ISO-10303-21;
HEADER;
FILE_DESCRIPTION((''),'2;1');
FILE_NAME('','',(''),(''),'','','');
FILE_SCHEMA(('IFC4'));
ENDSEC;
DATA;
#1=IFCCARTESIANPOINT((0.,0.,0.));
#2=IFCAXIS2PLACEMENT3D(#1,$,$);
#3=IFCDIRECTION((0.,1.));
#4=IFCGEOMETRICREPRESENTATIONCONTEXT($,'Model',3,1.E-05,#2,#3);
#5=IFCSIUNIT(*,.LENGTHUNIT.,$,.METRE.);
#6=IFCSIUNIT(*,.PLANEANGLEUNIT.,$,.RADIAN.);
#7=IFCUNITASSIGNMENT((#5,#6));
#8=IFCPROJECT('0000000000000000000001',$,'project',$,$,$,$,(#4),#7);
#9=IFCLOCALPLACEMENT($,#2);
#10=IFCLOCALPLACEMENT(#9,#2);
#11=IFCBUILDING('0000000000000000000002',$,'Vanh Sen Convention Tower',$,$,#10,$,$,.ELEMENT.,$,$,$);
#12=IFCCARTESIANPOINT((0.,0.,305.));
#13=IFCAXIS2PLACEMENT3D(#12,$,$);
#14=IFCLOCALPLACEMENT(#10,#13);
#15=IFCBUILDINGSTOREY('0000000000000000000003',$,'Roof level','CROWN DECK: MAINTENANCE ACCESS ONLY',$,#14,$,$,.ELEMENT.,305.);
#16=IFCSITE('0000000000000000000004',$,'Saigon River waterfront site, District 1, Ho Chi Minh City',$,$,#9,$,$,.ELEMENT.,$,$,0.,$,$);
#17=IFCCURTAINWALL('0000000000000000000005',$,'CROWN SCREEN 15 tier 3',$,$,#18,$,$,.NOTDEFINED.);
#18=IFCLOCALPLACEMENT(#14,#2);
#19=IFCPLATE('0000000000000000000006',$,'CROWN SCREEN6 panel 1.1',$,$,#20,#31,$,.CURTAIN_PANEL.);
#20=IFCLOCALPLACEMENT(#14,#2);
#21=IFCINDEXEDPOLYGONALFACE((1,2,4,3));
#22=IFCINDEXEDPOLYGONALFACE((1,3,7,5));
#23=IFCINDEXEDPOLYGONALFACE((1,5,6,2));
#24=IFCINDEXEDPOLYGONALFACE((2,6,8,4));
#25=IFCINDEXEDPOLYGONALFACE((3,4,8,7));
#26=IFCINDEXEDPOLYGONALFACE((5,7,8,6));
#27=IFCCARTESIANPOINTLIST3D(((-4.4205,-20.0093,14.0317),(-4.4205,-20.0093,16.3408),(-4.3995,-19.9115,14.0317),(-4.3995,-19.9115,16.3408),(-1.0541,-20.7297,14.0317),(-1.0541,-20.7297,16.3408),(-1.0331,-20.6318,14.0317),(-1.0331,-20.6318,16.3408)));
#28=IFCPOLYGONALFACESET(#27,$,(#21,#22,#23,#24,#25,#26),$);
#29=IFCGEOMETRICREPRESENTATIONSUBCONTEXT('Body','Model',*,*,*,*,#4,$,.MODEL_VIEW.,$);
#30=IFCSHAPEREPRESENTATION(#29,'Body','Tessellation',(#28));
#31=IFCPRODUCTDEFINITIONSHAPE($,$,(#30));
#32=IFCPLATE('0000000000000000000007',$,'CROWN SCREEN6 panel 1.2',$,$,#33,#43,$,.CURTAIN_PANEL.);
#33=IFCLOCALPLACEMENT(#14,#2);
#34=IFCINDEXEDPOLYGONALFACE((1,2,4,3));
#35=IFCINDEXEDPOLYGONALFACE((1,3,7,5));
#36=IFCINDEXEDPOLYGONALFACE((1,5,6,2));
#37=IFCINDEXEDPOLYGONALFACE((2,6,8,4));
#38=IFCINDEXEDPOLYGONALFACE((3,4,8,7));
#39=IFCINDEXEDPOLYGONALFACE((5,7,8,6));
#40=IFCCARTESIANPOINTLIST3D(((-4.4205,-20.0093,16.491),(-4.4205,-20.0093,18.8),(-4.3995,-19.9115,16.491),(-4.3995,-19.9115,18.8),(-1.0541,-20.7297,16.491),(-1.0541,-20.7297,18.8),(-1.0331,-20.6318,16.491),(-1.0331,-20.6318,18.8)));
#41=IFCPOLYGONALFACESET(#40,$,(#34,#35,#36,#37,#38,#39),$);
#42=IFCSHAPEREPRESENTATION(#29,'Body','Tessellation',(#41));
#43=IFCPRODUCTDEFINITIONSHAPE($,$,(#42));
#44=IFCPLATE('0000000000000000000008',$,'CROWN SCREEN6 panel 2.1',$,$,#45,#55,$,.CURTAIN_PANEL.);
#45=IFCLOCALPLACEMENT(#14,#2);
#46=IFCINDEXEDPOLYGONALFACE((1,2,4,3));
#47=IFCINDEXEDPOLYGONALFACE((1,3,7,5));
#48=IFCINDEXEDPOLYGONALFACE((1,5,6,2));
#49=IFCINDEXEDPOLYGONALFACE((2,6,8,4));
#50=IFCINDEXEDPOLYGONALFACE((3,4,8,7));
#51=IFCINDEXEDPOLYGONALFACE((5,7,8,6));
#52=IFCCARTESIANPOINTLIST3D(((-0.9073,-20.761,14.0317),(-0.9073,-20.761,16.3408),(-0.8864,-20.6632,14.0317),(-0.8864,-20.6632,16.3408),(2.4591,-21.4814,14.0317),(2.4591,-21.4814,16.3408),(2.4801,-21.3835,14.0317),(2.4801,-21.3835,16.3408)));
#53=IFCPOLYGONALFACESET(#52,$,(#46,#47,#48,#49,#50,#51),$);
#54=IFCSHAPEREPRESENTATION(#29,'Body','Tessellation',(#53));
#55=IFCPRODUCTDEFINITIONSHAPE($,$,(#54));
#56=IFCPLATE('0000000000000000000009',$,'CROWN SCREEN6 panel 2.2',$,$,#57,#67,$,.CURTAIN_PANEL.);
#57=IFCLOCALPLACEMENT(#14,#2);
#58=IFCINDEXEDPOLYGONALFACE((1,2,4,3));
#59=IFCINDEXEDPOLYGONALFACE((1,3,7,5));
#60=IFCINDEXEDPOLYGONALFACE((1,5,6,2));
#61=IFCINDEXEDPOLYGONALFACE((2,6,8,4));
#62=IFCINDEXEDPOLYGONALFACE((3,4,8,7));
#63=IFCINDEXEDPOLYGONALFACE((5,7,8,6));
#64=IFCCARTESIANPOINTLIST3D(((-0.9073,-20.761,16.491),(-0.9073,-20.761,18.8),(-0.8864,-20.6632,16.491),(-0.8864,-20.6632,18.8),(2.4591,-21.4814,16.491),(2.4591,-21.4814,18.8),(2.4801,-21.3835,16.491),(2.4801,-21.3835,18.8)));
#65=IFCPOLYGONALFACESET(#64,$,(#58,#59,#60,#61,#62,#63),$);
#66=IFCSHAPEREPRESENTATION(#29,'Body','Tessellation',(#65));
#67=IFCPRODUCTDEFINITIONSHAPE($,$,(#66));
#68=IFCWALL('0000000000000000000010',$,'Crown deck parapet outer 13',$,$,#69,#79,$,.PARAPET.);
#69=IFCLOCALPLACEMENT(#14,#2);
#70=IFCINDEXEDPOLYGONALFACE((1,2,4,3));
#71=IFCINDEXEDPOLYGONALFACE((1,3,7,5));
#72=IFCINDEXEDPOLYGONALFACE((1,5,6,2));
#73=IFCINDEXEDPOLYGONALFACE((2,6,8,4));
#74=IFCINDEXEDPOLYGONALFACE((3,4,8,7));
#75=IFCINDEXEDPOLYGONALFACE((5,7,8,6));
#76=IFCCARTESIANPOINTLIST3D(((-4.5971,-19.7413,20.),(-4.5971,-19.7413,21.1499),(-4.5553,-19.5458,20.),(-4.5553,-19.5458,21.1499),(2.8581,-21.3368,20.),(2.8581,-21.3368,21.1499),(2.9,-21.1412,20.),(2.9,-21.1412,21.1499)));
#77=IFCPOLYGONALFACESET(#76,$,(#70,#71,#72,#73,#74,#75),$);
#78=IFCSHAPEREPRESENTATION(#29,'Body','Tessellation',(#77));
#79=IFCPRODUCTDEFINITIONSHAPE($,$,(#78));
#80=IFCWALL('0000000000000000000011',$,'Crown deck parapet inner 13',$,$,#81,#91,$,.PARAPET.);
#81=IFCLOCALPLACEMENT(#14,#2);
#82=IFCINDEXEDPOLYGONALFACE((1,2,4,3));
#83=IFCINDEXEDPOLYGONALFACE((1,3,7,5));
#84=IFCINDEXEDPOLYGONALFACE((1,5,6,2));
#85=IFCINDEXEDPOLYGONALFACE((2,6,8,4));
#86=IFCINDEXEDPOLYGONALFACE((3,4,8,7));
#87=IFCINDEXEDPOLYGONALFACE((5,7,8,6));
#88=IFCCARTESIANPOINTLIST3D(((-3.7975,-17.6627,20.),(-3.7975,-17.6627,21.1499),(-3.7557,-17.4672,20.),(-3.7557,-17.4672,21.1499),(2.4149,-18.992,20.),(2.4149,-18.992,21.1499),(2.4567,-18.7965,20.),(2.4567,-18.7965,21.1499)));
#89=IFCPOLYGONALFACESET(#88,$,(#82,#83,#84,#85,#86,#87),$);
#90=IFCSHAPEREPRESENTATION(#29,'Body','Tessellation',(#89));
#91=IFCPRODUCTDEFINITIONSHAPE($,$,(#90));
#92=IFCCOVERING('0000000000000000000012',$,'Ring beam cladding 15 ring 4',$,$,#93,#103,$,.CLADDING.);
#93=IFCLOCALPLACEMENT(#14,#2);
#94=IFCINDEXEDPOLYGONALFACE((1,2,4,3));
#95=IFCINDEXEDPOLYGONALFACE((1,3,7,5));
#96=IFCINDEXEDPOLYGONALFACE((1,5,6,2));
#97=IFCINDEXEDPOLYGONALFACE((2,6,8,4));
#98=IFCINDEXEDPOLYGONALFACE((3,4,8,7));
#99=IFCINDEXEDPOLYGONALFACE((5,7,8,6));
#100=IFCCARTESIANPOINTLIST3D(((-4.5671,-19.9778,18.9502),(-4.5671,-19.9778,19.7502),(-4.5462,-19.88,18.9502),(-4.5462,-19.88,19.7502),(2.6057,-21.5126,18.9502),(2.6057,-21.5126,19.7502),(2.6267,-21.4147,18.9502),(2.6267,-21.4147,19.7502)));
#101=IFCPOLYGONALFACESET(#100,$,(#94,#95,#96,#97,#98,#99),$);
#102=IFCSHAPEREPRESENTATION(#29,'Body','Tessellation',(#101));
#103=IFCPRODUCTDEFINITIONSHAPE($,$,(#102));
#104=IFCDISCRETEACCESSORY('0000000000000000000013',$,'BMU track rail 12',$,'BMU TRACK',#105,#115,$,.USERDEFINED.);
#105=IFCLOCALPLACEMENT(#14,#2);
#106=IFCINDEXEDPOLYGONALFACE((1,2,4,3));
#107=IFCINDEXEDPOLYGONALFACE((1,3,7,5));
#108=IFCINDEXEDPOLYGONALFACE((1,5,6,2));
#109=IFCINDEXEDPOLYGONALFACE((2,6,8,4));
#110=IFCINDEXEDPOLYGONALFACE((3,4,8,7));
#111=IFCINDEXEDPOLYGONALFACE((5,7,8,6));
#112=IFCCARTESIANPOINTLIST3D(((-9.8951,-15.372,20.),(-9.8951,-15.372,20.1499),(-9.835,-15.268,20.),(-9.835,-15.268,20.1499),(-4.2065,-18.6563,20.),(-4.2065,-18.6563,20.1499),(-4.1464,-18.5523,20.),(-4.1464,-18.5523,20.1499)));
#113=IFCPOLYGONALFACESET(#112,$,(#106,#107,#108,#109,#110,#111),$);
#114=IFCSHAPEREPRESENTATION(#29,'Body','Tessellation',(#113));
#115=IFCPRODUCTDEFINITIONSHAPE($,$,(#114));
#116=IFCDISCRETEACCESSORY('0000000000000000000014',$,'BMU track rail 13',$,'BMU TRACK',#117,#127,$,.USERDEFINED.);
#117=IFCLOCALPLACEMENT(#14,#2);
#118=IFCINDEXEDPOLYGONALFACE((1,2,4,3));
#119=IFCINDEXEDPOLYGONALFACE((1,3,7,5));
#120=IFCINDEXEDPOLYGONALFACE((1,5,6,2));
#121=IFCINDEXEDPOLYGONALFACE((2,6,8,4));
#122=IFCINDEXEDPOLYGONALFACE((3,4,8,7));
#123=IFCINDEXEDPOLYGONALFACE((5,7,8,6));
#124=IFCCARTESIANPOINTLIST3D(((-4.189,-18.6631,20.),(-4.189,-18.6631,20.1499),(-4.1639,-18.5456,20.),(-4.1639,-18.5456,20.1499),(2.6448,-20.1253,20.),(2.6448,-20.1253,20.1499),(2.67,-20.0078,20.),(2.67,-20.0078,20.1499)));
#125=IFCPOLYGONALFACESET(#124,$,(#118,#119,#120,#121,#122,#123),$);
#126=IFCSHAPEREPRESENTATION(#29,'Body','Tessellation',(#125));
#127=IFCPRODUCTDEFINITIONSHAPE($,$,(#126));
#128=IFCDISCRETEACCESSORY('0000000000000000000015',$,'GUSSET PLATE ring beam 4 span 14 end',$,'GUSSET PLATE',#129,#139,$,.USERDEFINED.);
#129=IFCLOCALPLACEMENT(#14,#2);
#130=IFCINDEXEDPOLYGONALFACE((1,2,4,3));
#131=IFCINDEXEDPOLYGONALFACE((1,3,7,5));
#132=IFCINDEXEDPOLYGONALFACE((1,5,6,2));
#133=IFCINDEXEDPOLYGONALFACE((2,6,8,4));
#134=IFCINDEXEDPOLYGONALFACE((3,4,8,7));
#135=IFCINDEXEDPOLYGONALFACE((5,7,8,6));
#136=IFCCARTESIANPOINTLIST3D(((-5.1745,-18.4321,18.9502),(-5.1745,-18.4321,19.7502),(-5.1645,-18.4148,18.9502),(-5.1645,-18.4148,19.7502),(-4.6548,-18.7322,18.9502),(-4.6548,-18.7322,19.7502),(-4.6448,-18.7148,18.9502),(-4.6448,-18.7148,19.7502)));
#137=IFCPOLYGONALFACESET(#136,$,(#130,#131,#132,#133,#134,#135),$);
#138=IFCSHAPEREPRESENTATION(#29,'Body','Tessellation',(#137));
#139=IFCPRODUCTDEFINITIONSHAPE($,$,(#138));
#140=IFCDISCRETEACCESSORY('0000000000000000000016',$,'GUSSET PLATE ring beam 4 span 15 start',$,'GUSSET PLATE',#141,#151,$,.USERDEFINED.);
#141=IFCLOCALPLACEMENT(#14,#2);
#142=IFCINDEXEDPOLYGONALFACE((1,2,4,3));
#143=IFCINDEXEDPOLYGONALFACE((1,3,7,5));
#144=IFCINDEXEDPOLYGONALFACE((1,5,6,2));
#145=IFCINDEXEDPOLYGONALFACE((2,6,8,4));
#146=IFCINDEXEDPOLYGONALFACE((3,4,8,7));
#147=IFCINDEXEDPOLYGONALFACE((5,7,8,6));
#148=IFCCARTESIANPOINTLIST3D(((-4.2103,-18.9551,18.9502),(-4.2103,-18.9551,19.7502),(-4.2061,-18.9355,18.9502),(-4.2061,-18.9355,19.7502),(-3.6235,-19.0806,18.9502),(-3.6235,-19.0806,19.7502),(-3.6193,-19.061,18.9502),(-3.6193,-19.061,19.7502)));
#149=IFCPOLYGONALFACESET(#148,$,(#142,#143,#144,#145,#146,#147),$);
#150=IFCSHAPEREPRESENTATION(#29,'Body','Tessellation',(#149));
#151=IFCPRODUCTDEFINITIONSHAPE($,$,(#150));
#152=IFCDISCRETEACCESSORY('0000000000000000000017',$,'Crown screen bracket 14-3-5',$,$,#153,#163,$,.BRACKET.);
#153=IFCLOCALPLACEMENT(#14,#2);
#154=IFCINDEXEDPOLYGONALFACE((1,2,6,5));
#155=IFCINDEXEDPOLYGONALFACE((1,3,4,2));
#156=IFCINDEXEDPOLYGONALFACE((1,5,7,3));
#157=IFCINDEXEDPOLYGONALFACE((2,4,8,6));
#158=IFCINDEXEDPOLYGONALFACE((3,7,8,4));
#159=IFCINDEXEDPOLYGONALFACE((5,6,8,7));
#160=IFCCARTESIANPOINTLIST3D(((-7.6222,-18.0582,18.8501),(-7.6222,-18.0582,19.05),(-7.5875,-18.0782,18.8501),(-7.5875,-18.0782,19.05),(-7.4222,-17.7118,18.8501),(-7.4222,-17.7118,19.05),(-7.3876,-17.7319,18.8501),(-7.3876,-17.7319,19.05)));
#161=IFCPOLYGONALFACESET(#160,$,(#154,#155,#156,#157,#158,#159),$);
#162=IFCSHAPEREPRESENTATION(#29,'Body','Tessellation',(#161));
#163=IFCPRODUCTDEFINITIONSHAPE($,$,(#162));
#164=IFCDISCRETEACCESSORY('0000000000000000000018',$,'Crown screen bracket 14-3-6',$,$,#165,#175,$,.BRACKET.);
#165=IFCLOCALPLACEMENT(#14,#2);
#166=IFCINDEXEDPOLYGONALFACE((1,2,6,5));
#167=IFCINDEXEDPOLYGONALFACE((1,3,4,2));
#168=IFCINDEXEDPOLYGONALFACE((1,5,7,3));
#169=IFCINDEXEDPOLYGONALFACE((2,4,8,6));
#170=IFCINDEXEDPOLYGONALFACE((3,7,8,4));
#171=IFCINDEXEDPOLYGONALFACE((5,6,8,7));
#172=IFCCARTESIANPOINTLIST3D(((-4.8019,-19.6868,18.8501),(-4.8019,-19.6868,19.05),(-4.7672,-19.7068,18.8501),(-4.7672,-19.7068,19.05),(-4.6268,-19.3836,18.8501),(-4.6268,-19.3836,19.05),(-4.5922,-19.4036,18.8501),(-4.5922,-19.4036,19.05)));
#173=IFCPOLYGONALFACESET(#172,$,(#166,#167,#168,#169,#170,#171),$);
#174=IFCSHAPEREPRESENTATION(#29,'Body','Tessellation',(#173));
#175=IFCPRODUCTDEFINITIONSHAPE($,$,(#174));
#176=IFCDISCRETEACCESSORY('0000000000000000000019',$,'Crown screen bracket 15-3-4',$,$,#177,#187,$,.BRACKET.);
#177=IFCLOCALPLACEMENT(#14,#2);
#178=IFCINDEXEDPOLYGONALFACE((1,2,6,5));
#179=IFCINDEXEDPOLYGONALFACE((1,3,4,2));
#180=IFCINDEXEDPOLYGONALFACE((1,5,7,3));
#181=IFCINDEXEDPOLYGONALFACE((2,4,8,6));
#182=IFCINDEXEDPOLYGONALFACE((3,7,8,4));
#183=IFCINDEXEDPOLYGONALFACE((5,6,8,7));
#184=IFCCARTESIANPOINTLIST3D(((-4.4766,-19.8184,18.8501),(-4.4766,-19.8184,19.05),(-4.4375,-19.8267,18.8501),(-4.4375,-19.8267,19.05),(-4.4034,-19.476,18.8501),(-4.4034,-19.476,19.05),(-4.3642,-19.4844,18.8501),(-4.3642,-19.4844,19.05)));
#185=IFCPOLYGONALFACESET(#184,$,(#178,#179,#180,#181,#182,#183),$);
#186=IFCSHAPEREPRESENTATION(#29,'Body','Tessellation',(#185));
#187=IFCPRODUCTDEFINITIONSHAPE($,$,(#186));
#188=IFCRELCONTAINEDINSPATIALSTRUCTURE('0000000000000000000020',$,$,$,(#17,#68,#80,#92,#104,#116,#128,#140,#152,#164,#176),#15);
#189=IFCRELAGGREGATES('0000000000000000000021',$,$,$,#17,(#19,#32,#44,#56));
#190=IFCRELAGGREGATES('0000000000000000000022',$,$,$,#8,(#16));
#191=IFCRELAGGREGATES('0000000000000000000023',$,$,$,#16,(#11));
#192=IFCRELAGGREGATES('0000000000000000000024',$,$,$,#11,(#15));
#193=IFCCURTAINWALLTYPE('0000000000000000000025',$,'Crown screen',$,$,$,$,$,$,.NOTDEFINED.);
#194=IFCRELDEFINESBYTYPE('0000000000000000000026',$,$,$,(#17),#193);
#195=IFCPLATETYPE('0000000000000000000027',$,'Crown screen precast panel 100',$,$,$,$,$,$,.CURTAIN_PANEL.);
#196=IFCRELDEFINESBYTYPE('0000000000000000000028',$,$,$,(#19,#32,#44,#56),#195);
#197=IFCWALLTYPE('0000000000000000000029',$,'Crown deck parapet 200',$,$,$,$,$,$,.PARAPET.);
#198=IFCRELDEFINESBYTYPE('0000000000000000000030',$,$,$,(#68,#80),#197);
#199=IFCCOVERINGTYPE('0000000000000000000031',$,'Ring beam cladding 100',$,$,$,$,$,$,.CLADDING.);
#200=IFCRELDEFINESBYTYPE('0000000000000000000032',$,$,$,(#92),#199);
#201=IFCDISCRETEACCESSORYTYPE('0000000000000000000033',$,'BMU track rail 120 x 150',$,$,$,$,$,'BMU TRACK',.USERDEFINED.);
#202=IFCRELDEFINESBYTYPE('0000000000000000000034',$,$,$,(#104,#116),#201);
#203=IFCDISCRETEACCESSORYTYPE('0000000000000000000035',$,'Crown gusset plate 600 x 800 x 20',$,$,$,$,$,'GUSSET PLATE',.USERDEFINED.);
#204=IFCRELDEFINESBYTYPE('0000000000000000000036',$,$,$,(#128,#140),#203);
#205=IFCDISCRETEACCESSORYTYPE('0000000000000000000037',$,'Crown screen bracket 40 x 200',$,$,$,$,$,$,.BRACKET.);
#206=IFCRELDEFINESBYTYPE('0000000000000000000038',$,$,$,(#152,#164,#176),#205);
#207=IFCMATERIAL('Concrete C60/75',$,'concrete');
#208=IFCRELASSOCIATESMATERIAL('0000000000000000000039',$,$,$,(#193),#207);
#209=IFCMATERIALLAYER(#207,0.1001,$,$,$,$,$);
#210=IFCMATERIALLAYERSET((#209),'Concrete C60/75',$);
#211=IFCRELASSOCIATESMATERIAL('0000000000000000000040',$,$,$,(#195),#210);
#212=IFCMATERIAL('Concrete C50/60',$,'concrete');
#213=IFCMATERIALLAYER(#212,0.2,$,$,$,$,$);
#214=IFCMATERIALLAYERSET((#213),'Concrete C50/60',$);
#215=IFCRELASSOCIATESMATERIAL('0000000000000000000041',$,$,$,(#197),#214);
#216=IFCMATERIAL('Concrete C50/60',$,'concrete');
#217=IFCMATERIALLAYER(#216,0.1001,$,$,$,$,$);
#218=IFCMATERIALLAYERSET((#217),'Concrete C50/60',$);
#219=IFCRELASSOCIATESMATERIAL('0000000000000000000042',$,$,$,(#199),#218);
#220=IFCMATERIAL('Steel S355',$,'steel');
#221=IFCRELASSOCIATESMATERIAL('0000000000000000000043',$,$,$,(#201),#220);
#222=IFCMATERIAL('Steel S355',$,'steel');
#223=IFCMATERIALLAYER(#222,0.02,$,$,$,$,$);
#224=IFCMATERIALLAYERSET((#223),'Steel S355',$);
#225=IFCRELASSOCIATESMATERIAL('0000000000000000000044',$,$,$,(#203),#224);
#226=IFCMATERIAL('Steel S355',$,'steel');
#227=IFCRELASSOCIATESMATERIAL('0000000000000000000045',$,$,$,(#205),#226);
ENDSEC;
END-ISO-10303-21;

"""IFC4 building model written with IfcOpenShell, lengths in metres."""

from ifc_helpers import new_model, si_unit, direction, frame, frame_2d, origin, origin_2d, place, context, subcontext, project, spatial, rectangle, extrude, material, layer, layer_set, type_object, element, aggregate, save


model = new_model("IFC4")

# Units and contexts
model_context = context("Model", 3, precision=1e-05, world=origin(), true_north=direction((0.0, 1.0)))
body_context = subcontext(model_context, "Body", "Model", "MODEL_VIEW")
ifc_project = project(units=[si_unit("LENGTHUNIT", "METRE"), si_unit("PLANEANGLEUNIT", "RADIAN")], contexts=[model_context])

# Site, building, storey
site_placement = place(None, origin())
site = spatial("IfcSite", under=ifc_project, at=site_placement, Name="Saigon River waterfront site, District 1, Ho Chi Minh City", CompositionType="ELEMENT", RefElevation=0.0)
building_placement = place(site_placement, origin())
building = spatial("IfcBuilding", under=site, at=building_placement, Name="Vanh Sen Convention Tower", CompositionType="ELEMENT")
storey_placement = place(building_placement, frame((0.0, 0.0, 305.0)))
storey = spatial("IfcBuildingStorey", under=building, at=storey_placement, Name="Roof level", Description="CROWN DECK: MAINTENANCE ACCESS ONLY", CompositionType="ELEMENT", Elevation=305.0)

# Curtain wall
ifc_material_1 = material(Name="Concrete C60/75", Category="concrete")
curtain_wall_type = type_object("IfcCurtainWallType", Name="Crown screen", PredefinedType="NOTDEFINED", material=ifc_material_1)
curtain_wall_1_placement = place(storey_placement, origin())
curtain_wall_1 = element("IfcCurtainWall", 1, at=curtain_wall_1_placement, inside=storey, type_object=curtain_wall_type, Name="CROWN SCREEN 15 tier 3", PredefinedType="NOTDEFINED")

# Shared definitions
ifc_layer_1 = layer(ifc_material_1, 0.1001)
ifc_layer_set_1 = layer_set([ifc_layer_1], Name="Concrete C60/75")
plate_type = type_object("IfcPlateType", Name="Crown screen precast panel 100", PredefinedType="CURTAIN_PANEL", material=ifc_layer_set_1)

# Plates
plate_1_placement = place(storey_placement, frame((-2.7268, -20.3206, 14.0317), z_axis=(0.0, 0.0, 1.0), x_axis=(0.977865, -0.209236, 0.0)))
plate_1 = element("IfcPlate", 2, at=plate_1_placement, type_object=plate_type, Name="CROWN SCREEN6 panel 1.1", PredefinedType="CURTAIN_PANEL", context=body_context, shape_type="SweptSolid", body=[
    extrude(rectangle(XDim=3.4426, YDim=0.1001, at=origin_2d()), origin(), (0.0, 0.0, 1.0), 2.3091),
])
plate_2_placement = place(storey_placement, frame((-2.7268, -20.3206, 16.491), z_axis=(0.0, 0.0, 1.0), x_axis=(0.977865, -0.209236, 0.0)))
plate_2 = element("IfcPlate", 3, at=plate_2_placement, type_object=plate_type, Name="CROWN SCREEN6 panel 1.2", PredefinedType="CURTAIN_PANEL", context=body_context, shape_type="SweptSolid", body=[
    extrude(rectangle(XDim=3.4426, YDim=0.1001, at=origin_2d()), origin(), (0.0, 0.0, 1.0), 2.3091),
])
plate_3_placement = place(storey_placement, frame((0.7864, -21.0723, 14.0317), z_axis=(0.0, 0.0, 1.0), x_axis=(0.977865, -0.209236, 0.0)))
plate_3 = element("IfcPlate", 4, at=plate_3_placement, type_object=plate_type, Name="CROWN SCREEN6 panel 2.1", PredefinedType="CURTAIN_PANEL", context=body_context, shape_type="SweptSolid", body=[
    extrude(rectangle(XDim=3.4426, YDim=0.1001, at=origin_2d()), origin(), (0.0, 0.0, 1.0), 2.3091),
])
plate_4_placement = place(storey_placement, frame((0.7864, -21.0723, 16.491), z_axis=(0.0, 0.0, 1.0), x_axis=(0.977865, -0.209236, 0.0)))
plate_4 = element("IfcPlate", 5, at=plate_4_placement, type_object=plate_type, Name="CROWN SCREEN6 panel 2.2", PredefinedType="CURTAIN_PANEL", context=body_context, shape_type="SweptSolid", body=[
    extrude(rectangle(XDim=3.4426, YDim=0.1001, at=origin_2d()), origin(), (0.0, 0.0, 1.0), 2.3091),
])
aggregate(curtain_wall_1, [plate_1, plate_2, plate_3, plate_4])

# Walls
ifc_material_2 = material(Name="Concrete C50/60", Category="concrete")
ifc_layer_2 = layer(ifc_material_2, 0.2)
ifc_layer_set_2 = layer_set([ifc_layer_2], Name="Concrete C50/60")
wall_type = type_object("IfcWallType", Name="Crown deck parapet 200", PredefinedType="PARAPET", material=ifc_layer_set_2)
wall_1_placement = place(storey_placement, frame((-4.5762, -19.6436, 20.0), z_axis=(0.0, 0.0, 1.0), x_axis=(0.977859, -0.209264, 0.0)))
element("IfcWall", 6, at=wall_1_placement, inside=storey, type_object=wall_type, Name="Crown deck parapet outer 13", PredefinedType="PARAPET", context=body_context, shape_type="SweptSolid", body=[
    extrude(rectangle(XDim=7.624, YDim=0.2, at=frame_2d((3.812, 0.0))), origin(), (0.0, 0.0, 1.0), 1.1499),
])
wall_2_placement = place(storey_placement, frame((-3.7766, -17.5649, 20.0), z_axis=(0.0, 0.0, 1.0), x_axis=(0.977863, -0.209246, 0.0)))
element("IfcWall", 7, at=wall_2_placement, inside=storey, type_object=wall_type, Name="Crown deck parapet inner 13", PredefinedType="PARAPET", context=body_context, shape_type="SweptSolid", body=[
    extrude(rectangle(XDim=6.353, YDim=0.2, at=frame_2d((3.1765, 0.0))), origin(), (0.0, 0.0, 1.0), 1.1499),
])

# Covering
ifc_material_3 = material(Name="Concrete C50/60", Category="concrete")
ifc_layer_3 = layer(ifc_material_3, 0.1001)
ifc_layer_set_3 = layer_set([ifc_layer_3], Name="Concrete C50/60")
covering_type = type_object("IfcCoveringType", Name="Ring beam cladding 100", PredefinedType="CLADDING", material=ifc_layer_set_3)
covering_placement = place(storey_placement, frame((-0.9702, -20.6963, 18.9502), z_axis=(0.0, 0.0, 1.0), x_axis=(0.977865, -0.209236, 0.0)))
element("IfcCovering", 8, at=covering_placement, inside=storey, type_object=covering_type, Name="Ring beam cladding 15 ring 4", PredefinedType="CLADDING", context=body_context, shape_type="SweptSolid", body=[
    extrude(rectangle(XDim=7.3352, YDim=0.1001, at=origin_2d()), origin(), (0.0, 0.0, 1.0), 0.8),
])

# Discrete accessories
ifc_material_4 = material(Name="Steel S355", Category="steel")
discrete_accessory_type_1 = type_object("IfcDiscreteAccessoryType", Name="BMU track rail 120 x 150", ElementType="BMU TRACK", PredefinedType="USERDEFINED", material=ifc_material_4)
discrete_accessory_1_placement = place(storey_placement, frame((-7.0208, -16.9622, 20.0), z_axis=(0.0, 0.0, 1.0), x_axis=(0.86603, -0.499992, 0.0)))
element("IfcDiscreteAccessory", 9, at=discrete_accessory_1_placement, inside=storey, type_object=discrete_accessory_type_1, Name="BMU track rail 12", ObjectType="BMU TRACK", PredefinedType="USERDEFINED", context=body_context, shape_type="SweptSolid", body=[
    extrude(rectangle(XDim=6.5686, YDim=0.1201, at=origin_2d()), origin(), (0.0, 0.0, 1.0), 0.1499),
])
discrete_accessory_2_placement = place(storey_placement, frame((-0.7595, -19.3354, 20.0), z_axis=(0.0, 0.0, 1.0), x_axis=(0.977867, -0.209229, 0.0)))
element("IfcDiscreteAccessory", 10, at=discrete_accessory_2_placement, inside=storey, type_object=discrete_accessory_type_1, Name="BMU track rail 13", ObjectType="BMU TRACK", PredefinedType="USERDEFINED", context=body_context, shape_type="SweptSolid", body=[
    extrude(rectangle(XDim=6.9885, YDim=0.1201, at=origin_2d()), origin(), (0.0, 0.0, 1.0), 0.1499),
])
ifc_material_5 = material(Name="Steel S355", Category="steel")
ifc_layer_4 = layer(ifc_material_5, 0.02)
ifc_layer_set_4 = layer_set([ifc_layer_4], Name="Steel S355")
discrete_accessory_type_2 = type_object("IfcDiscreteAccessoryType", Name="Crown gusset plate 600 x 800 x 20", ElementType="GUSSET PLATE", PredefinedType="USERDEFINED", material=ifc_layer_set_4)
for number, where, z_axis, x_axis, name in (
    (11, (-4.9097, -18.5735, 18.9502), (0.0, 0.0, 1.0), (-0.866029, 0.499994, 0.0), "GUSSET PLATE ring beam 4 span 14 end"),
    (12, (-3.9148, -19.0081, 18.9502), (0.0, 0.0, 1.0), (0.977865, -0.209236, 0.0), "GUSSET PLATE ring beam 4 span 15 start"),
):
    element("IfcDiscreteAccessory", number, at=place(storey_placement, frame(where, z_axis=z_axis, x_axis=x_axis)), inside=storey, type_object=discrete_accessory_type_2, Name=name, ObjectType="GUSSET PLATE", PredefinedType="USERDEFINED", context=body_context, shape_type="SweptSolid", body=[
        extrude(rectangle(XDim=0.6001, YDim=0.02, at=origin_2d()), origin(), (0.0, 0.0, 1.0), 0.8),
    ])
ifc_material_6 = material(Name="Steel S355", Category="steel")
discrete_accessory_type_3 = type_object("IfcDiscreteAccessoryType", Name="Crown screen bracket 40 x 200", PredefinedType="BRACKET", material=ifc_material_6)
discrete_accessory_3_placement = place(storey_placement, frame((-7.5049, -17.895, 18.8501), z_axis=(0.0, 0.0, 1.0), x_axis=(-0.499994, -0.866029, 0.0)))
element("IfcDiscreteAccessory", 13, at=discrete_accessory_3_placement, inside=storey, type_object=discrete_accessory_type_3, Name="Crown screen bracket 14-3-5", PredefinedType="BRACKET", context=body_context, shape_type="SweptSolid", body=[
    extrude(rectangle(XDim=0.3999, YDim=0.04, at=origin_2d()), origin(), (0.0, 0.0, 1.0), 0.2),
])
for number, where, z_axis, x_axis, name in (
    (14, (-4.697, -19.5452, 18.8501), (0.0, 0.0, 1.0), (-0.499994, -0.866029, 0.0), "Crown screen bracket 14-3-6"),
    (15, (-4.4204, -19.6514, 18.8501), (0.0, 0.0, 1.0), (-0.209236, -0.977865, 0.0), "Crown screen bracket 15-3-4"),
):
    element("IfcDiscreteAccessory", number, at=place(storey_placement, frame(where, z_axis=z_axis, x_axis=x_axis)), inside=storey, type_object=discrete_accessory_type_3, Name=name, PredefinedType="BRACKET", context=body_context, shape_type="SweptSolid", body=[
        extrude(rectangle(XDim=0.3501, YDim=0.04, at=origin_2d()), origin(), (0.0, 0.0, 1.0), 0.2),
    ])

save(model, "model.ifc")
